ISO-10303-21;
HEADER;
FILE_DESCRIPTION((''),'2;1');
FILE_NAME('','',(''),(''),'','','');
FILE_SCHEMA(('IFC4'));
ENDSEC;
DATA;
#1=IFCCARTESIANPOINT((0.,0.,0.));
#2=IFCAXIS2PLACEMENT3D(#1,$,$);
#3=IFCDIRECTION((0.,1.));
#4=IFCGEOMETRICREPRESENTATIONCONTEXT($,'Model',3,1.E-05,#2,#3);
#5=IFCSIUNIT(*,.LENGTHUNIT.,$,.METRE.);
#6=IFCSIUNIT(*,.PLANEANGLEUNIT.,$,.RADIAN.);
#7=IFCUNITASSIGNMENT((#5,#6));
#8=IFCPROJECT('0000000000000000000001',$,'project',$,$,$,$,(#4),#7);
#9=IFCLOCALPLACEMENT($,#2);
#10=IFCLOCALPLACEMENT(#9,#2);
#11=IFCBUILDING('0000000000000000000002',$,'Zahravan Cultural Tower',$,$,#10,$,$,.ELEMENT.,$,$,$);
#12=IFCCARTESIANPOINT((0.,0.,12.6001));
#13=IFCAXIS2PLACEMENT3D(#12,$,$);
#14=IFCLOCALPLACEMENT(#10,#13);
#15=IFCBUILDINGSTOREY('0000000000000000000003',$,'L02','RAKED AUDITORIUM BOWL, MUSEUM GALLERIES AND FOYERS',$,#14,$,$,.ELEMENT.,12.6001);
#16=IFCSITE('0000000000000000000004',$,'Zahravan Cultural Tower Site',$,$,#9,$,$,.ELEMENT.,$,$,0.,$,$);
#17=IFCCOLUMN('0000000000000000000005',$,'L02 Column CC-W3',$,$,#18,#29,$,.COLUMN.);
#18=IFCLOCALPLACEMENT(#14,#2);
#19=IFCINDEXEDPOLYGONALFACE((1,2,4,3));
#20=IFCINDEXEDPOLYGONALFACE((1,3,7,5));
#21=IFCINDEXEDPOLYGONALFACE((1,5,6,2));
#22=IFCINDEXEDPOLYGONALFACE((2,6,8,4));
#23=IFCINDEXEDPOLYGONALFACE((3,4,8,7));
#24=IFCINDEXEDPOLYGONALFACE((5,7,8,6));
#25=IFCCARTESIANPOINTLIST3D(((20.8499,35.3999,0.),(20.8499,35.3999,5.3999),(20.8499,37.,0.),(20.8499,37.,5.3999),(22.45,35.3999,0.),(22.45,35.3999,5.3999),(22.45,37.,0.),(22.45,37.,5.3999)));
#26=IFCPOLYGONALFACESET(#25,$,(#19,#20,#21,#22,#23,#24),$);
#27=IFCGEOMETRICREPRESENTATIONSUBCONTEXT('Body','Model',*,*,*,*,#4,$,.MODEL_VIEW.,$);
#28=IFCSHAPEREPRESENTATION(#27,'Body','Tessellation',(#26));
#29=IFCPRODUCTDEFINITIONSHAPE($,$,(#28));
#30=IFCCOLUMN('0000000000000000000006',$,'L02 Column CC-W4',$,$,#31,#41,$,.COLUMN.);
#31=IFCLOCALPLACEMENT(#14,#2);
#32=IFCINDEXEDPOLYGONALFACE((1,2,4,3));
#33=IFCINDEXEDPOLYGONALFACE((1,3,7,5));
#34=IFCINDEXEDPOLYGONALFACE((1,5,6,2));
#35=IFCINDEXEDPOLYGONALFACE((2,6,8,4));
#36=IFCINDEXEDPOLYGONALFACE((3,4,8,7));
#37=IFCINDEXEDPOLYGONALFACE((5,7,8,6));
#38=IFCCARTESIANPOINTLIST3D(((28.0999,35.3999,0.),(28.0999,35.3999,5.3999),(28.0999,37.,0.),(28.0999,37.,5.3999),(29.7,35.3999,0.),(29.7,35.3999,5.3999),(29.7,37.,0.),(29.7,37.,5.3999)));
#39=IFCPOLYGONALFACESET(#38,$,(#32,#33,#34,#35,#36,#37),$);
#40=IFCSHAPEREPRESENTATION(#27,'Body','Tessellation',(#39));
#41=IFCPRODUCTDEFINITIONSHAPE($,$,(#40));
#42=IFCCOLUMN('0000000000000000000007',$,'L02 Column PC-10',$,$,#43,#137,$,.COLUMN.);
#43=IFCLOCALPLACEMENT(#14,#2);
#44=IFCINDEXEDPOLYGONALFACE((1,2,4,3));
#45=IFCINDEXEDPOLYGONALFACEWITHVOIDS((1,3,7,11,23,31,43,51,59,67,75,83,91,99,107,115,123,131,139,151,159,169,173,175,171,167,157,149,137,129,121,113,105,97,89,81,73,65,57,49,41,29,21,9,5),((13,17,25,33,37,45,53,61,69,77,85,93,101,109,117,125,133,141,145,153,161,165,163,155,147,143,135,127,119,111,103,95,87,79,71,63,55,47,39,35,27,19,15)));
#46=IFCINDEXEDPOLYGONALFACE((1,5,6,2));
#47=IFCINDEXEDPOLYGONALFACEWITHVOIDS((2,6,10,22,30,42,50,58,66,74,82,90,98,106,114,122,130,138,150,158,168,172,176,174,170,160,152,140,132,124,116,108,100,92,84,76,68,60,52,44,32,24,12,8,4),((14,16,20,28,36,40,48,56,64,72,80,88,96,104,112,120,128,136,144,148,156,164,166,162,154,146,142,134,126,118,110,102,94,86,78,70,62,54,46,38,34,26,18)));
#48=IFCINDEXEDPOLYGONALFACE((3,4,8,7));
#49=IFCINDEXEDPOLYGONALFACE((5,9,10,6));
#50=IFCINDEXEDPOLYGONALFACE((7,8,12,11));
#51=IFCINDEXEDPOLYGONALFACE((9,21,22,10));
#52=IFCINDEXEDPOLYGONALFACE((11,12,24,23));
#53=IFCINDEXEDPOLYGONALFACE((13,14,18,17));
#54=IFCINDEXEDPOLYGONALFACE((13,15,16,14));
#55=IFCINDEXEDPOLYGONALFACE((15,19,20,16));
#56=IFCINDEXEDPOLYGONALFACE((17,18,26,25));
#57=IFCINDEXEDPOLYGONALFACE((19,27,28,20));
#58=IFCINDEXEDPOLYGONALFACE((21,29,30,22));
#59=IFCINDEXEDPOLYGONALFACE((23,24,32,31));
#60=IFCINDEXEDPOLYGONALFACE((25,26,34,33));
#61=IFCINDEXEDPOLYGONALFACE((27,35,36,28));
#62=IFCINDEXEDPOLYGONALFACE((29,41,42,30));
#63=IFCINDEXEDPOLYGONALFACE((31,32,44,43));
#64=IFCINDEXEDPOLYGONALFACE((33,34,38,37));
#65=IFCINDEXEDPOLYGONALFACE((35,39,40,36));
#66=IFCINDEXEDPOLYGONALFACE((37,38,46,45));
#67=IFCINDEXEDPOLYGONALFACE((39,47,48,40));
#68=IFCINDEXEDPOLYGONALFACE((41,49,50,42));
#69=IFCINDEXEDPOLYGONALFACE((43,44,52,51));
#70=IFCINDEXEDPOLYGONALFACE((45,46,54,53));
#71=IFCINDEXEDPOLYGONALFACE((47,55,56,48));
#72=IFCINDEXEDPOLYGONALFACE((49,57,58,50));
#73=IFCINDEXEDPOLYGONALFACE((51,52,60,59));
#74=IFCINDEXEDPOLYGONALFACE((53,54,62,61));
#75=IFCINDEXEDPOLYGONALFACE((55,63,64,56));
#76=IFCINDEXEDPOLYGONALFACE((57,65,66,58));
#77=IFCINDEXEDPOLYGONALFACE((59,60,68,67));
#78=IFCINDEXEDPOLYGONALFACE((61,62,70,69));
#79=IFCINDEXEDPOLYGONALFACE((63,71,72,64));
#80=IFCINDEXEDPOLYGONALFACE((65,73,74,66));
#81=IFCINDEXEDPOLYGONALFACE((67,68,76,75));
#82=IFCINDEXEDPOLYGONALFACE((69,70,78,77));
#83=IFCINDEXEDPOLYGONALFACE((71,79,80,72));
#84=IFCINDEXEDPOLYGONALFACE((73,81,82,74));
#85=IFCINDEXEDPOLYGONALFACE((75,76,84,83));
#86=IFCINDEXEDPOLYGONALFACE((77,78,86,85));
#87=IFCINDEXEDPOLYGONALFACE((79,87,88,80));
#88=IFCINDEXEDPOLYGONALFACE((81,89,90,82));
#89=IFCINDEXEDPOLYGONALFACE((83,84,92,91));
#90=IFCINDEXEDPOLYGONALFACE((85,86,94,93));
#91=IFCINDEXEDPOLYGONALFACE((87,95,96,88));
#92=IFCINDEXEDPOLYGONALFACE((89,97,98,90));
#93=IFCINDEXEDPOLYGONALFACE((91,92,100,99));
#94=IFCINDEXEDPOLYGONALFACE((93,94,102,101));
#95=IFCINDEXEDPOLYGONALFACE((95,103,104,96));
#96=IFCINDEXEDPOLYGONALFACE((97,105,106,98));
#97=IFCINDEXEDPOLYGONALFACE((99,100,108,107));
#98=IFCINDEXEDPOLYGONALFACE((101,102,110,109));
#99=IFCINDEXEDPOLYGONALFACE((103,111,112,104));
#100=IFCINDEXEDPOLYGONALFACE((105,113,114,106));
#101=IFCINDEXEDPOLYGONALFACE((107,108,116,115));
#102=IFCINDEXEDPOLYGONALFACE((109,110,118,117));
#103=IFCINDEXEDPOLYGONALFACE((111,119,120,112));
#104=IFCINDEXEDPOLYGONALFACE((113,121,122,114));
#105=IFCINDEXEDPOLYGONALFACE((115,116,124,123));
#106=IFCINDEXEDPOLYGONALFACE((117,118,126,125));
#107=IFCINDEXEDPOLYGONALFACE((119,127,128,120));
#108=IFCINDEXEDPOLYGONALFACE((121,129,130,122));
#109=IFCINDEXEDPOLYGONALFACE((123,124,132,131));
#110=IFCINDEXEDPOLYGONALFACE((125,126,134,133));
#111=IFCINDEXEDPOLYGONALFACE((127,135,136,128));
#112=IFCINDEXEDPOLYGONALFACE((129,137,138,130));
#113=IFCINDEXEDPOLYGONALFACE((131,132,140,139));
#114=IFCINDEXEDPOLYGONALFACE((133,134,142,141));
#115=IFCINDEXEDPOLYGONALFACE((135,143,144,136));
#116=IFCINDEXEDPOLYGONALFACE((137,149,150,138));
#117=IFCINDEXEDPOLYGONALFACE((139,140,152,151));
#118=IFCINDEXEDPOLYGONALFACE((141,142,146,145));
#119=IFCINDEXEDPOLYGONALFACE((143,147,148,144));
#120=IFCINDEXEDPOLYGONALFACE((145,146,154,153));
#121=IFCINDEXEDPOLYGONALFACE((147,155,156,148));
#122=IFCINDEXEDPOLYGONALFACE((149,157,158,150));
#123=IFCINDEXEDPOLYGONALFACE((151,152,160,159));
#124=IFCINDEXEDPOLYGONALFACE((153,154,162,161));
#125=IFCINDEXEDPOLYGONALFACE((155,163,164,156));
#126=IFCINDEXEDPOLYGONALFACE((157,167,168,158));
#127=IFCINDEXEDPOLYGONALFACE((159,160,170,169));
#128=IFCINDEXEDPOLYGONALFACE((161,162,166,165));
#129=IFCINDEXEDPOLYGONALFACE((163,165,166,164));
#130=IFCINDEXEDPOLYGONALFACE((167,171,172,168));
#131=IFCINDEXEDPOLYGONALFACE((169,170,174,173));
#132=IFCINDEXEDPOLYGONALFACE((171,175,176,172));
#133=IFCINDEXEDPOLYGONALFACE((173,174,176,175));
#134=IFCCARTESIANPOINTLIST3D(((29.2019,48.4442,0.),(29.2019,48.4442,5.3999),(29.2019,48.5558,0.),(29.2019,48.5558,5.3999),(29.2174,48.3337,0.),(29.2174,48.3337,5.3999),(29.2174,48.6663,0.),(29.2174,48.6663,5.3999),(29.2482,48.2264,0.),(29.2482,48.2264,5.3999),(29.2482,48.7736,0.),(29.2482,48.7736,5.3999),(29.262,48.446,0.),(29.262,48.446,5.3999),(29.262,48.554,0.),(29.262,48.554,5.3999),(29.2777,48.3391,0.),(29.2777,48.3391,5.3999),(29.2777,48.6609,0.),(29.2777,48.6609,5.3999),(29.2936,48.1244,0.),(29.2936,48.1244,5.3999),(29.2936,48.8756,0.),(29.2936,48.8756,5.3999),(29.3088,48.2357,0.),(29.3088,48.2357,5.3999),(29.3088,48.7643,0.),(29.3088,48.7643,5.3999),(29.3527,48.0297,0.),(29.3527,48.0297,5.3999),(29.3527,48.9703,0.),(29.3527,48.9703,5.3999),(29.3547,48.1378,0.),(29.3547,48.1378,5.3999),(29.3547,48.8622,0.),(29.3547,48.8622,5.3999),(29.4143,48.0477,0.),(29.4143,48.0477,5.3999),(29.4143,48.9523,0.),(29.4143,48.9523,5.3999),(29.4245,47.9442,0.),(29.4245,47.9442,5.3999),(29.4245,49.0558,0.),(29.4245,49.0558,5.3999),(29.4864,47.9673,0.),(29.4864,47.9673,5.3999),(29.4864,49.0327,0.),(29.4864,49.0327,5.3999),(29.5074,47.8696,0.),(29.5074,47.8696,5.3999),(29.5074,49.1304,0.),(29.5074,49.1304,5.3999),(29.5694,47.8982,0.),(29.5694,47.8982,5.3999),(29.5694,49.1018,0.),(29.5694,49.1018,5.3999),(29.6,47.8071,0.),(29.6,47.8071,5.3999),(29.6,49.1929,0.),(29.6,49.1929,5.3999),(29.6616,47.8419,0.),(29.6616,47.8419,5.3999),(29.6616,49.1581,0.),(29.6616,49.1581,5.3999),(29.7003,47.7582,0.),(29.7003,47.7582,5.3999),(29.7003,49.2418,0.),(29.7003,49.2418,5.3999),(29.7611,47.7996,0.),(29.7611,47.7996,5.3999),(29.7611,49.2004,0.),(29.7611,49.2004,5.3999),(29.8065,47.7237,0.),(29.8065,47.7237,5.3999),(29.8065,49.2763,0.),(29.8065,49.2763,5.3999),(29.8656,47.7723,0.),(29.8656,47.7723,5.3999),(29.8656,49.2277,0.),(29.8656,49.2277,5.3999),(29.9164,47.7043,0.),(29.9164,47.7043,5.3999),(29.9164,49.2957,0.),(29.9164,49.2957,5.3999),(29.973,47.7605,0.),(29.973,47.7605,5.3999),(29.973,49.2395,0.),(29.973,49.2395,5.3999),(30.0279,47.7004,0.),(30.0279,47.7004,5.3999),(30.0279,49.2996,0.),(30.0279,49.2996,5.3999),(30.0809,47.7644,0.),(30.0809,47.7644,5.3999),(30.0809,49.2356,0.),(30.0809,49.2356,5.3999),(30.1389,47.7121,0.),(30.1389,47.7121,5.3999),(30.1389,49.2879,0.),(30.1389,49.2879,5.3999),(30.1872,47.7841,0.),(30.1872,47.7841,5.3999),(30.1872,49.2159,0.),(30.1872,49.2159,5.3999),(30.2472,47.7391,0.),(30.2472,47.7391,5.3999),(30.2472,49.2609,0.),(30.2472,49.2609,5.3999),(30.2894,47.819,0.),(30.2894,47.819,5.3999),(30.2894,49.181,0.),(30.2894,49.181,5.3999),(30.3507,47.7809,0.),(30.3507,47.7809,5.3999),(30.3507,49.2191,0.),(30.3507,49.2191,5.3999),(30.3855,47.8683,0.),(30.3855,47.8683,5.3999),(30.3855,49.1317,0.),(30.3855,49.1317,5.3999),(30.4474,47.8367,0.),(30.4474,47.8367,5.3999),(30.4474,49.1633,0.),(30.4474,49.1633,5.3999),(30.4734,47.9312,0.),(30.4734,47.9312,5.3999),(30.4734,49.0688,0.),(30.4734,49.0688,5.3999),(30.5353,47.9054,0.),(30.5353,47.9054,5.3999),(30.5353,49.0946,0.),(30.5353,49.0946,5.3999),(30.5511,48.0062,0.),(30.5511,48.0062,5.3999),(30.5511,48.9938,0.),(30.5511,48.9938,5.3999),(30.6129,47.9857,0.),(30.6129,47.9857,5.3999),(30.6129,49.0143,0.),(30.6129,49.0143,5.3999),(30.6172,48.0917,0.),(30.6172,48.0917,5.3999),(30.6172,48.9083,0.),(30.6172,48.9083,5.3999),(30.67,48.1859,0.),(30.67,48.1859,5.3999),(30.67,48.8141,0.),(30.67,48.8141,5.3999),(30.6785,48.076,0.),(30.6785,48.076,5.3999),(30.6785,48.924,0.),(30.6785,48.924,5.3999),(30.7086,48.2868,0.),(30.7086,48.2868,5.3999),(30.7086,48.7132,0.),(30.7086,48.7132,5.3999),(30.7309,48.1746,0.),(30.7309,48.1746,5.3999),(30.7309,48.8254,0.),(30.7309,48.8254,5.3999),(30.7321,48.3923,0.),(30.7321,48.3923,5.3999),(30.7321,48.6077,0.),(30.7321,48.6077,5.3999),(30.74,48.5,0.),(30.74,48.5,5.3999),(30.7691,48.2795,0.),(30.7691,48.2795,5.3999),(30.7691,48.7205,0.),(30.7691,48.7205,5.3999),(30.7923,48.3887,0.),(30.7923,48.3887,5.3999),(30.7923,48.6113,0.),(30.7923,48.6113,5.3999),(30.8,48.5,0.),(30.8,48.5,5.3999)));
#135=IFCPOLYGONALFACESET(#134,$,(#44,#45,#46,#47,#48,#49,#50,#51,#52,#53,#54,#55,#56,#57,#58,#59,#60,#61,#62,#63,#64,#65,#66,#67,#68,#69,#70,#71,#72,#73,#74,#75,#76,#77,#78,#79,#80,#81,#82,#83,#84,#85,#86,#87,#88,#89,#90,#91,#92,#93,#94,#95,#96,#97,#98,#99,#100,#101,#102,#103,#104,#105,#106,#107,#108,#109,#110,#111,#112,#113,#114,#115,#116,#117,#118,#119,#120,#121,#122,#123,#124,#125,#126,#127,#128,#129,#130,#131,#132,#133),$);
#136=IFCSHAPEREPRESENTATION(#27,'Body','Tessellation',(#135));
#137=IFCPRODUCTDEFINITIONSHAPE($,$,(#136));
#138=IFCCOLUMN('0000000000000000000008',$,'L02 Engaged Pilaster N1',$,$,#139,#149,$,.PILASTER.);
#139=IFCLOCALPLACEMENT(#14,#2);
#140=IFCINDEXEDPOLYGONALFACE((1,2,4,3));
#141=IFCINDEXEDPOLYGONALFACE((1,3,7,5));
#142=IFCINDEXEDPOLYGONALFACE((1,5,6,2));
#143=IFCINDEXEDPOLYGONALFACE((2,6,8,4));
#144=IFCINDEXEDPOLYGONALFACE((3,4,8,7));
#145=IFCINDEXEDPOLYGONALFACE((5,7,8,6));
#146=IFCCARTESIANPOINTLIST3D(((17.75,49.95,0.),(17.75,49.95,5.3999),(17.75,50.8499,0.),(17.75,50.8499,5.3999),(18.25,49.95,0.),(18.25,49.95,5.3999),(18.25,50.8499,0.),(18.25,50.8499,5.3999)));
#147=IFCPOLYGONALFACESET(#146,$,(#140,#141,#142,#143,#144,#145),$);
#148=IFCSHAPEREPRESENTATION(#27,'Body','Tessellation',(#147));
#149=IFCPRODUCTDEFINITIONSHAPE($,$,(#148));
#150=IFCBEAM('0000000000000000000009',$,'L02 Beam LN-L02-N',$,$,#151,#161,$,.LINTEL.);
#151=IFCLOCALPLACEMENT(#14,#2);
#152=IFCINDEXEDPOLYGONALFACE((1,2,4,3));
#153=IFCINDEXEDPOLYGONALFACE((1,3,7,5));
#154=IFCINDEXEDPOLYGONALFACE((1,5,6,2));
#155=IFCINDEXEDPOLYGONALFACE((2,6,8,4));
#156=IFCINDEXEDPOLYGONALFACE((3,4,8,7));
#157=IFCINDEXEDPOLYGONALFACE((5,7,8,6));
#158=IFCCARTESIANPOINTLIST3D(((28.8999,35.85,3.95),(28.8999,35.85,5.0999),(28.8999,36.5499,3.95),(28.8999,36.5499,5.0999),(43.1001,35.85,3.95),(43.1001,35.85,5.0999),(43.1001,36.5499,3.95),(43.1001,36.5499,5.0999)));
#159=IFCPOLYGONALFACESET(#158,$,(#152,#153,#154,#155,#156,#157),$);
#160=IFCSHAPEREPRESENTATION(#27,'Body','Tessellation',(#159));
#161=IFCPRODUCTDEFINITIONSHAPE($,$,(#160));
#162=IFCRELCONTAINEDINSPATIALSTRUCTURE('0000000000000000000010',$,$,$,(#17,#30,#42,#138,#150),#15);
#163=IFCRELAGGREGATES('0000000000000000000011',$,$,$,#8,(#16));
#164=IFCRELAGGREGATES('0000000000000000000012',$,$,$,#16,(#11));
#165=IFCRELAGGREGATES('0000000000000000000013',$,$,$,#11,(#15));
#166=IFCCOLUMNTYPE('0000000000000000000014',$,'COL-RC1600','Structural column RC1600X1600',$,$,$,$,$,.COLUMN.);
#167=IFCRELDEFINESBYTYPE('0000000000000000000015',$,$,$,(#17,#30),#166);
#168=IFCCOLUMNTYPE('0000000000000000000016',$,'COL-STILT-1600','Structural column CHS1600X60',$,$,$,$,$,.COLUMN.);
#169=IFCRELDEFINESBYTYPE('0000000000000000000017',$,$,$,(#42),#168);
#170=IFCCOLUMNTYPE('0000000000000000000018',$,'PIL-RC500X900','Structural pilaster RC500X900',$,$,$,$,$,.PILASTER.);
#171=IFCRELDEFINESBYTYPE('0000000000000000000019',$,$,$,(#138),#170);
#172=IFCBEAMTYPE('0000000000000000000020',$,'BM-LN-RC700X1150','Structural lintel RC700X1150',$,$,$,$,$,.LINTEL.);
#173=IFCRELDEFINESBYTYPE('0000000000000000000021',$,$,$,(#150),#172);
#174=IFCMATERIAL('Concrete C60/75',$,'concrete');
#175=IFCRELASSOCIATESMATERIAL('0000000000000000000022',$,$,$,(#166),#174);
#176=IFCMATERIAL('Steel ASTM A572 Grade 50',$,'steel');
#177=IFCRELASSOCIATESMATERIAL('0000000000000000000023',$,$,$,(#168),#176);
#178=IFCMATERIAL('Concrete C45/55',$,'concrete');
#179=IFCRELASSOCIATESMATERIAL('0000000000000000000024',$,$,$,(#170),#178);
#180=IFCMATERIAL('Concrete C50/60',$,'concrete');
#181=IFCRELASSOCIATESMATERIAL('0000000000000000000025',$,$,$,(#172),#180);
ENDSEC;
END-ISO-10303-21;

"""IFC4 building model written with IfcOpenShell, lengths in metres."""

from ifc_helpers import new_model, si_unit, direction, frame, origin, origin_2d, place, context, subcontext, project, spatial, rectangle, hollow_circle, extrude, source, transform, mapped, material, material_profile, profile_set, type_object, element, save


model = new_model("IFC4")

# Units and contexts
model_context = context("Model", 3, precision=1e-05, world=origin(), true_north=direction((0.0, 1.0)))
body_context = subcontext(model_context, "Body", "Model", "MODEL_VIEW")
ifc_project = project(units=[si_unit("LENGTHUNIT", "METRE"), si_unit("PLANEANGLEUNIT", "RADIAN")], contexts=[model_context])

# Site, building, storey
site_placement = place(None, origin())
site = spatial("IfcSite", under=ifc_project, at=site_placement, Name="Zahravan Cultural Tower Site", CompositionType="ELEMENT", RefElevation=0.0)
building_placement = place(site_placement, origin())
building = spatial("IfcBuilding", under=site, at=building_placement, Name="Zahravan Cultural Tower", CompositionType="ELEMENT")
storey_placement = place(building_placement, frame((0.0, 0.0, 12.6001)))
storey = spatial("IfcBuildingStorey", under=building, at=storey_placement, Name="L02", Description="RAKED AUDITORIUM BOWL, MUSEUM GALLERIES AND FOYERS", CompositionType="ELEMENT", Elevation=12.6001)

# Columns
ifc_material_1 = material(Name="Concrete C60/75", Category="concrete")
ifc_material_profile_1 = material_profile(ifc_material_1, rectangle(XDim=1.6001, YDim=1.6001, at=origin_2d()), Name="RC1600X1600")
ifc_profile_set_1 = profile_set([ifc_material_profile_1], Name="Concrete C60/75")
column_type_1 = type_object("IfcColumnType", Name="COL-RC1600", Description="Structural column RC1600X1600", PredefinedType="COLUMN", material=ifc_profile_set_1)
shared_shape_1 = source(origin(), body_context, "Body", "SweptSolid", [
    extrude(rectangle(XDim=1.6001, YDim=1.6001, at=origin_2d()), origin(), (0.0, 0.0, 1.0), 5.3999),
])
for number, where, z_axis, x_axis, name in (
    (1, (21.6499, 36.2, 0.0), (0.0, 0.0, 1.0), (1.0, 0.0, 0.0), "L02 Column CC-W3"),
    (2, (28.8999, 36.2, 0.0), (0.0, 0.0, 1.0), (1.0, 0.0, 0.0), "L02 Column CC-W4"),
):
    element("IfcColumn", number, at=place(storey_placement, frame(where, z_axis=z_axis, x_axis=x_axis)), inside=storey, type_object=column_type_1, Name=name, PredefinedType="COLUMN", context=body_context, shape_type="MappedRepresentation", body=[
        mapped(shared_shape_1, transform((0.0, 0.0, 0.0), x_axis=(1.0, 0.0, 0.0), y_axis=(0.0, 1.0, 0.0), z_axis=(0.0, 0.0, 1.0), scale=1.0)),
    ])
ifc_material_2 = material(Name="Steel ASTM A572 Grade 50", Category="steel")
ifc_material_profile_2 = material_profile(ifc_material_2, hollow_circle(Radius=0.8, WallThickness=0.0601, at=origin_2d()), Name="CHS1600X60")
ifc_profile_set_2 = profile_set([ifc_material_profile_2], Name="Steel ASTM A572 Grade 50")
column_type_2 = type_object("IfcColumnType", Name="COL-STILT-1600", Description="Structural column CHS1600X60", PredefinedType="COLUMN", material=ifc_profile_set_2)
shared_shape_2 = source(origin(), body_context, "Body", "SweptSolid", [
    extrude(hollow_circle(Radius=0.8, WallThickness=0.0601, at=origin_2d()), origin(), (0.0, 0.0, 1.0), 5.3999),
])
column_1_placement = place(storey_placement, frame((30.0, 48.5, 0.0), z_axis=(0.0, 0.0, 1.0), x_axis=(1.0, 0.0, 0.0)))
element("IfcColumn", 3, at=column_1_placement, inside=storey, type_object=column_type_2, Name="L02 Column PC-10", PredefinedType="COLUMN", context=body_context, shape_type="MappedRepresentation", body=[
    mapped(shared_shape_2, transform((0.0, 0.0, 0.0), x_axis=(1.0, 0.0, 0.0), y_axis=(0.0, 1.0, 0.0), z_axis=(0.0, 0.0, 1.0), scale=1.0)),
])
ifc_material_3 = material(Name="Concrete C45/55", Category="concrete")
ifc_material_profile_3 = material_profile(ifc_material_3, rectangle(XDim=0.5, YDim=0.8999, at=origin_2d()), Name="RC500X900")
ifc_profile_set_3 = profile_set([ifc_material_profile_3], Name="Concrete C45/55")
column_type_3 = type_object("IfcColumnType", Name="PIL-RC500X900", Description="Structural pilaster RC500X900", PredefinedType="PILASTER", material=ifc_profile_set_3)
shared_shape_3 = source(origin(), body_context, "Body", "SweptSolid", [
    extrude(rectangle(XDim=0.5, YDim=0.8999, at=origin_2d()), origin(), (0.0, 0.0, 1.0), 5.3999),
])
column_2_placement = place(storey_placement, frame((18.0, 50.3999, 0.0), z_axis=(0.0, 0.0, 1.0), x_axis=(1.0, 0.0, 0.0)))
element("IfcColumn", 4, at=column_2_placement, inside=storey, type_object=column_type_3, Name="L02 Engaged Pilaster N1", PredefinedType="PILASTER", context=body_context, shape_type="MappedRepresentation", body=[
    mapped(shared_shape_3, transform((0.0, 0.0, 0.0), x_axis=(1.0, 0.0, 0.0), y_axis=(0.0, 1.0, 0.0), z_axis=(0.0, 0.0, 1.0), scale=1.0)),
])

# Beam
ifc_material_4 = material(Name="Concrete C50/60", Category="concrete")
ifc_material_profile_4 = material_profile(ifc_material_4, rectangle(XDim=0.7, YDim=1.1499, at=origin_2d()), Name="RC700X1150")
ifc_profile_set_4 = profile_set([ifc_material_profile_4], Name="Concrete C50/60")
beam_type_1 = type_object("IfcBeamType", Name="BM-LN-RC700X1150", Description="Structural lintel RC700X1150", PredefinedType="LINTEL", material=ifc_profile_set_4)
shared_shape_4 = source(origin(), body_context, "Body", "SweptSolid", [
    extrude(rectangle(XDim=0.7, YDim=1.1499, at=origin_2d()), origin(), (0.0, 0.0, 1.0), 14.2002),
])
beam_1_placement = place(storey_placement, frame((28.8999, 36.2, 4.5249), z_axis=(1.0, 0.0, 0.0), x_axis=(0.0, 1.0, 0.0)))
element("IfcBeam", 5, at=beam_1_placement, inside=storey, type_object=beam_type_1, Name="L02 Beam LN-L02-N", PredefinedType="LINTEL", context=body_context, shape_type="MappedRepresentation", body=[
    mapped(shared_shape_4, transform((0.0, 0.0, 0.0), x_axis=(1.0, 0.0, 0.0), y_axis=(0.0, 1.0, 0.0), z_axis=(0.0, 0.0, 1.0), scale=1.0)),
])

save(model, "model.ifc")
